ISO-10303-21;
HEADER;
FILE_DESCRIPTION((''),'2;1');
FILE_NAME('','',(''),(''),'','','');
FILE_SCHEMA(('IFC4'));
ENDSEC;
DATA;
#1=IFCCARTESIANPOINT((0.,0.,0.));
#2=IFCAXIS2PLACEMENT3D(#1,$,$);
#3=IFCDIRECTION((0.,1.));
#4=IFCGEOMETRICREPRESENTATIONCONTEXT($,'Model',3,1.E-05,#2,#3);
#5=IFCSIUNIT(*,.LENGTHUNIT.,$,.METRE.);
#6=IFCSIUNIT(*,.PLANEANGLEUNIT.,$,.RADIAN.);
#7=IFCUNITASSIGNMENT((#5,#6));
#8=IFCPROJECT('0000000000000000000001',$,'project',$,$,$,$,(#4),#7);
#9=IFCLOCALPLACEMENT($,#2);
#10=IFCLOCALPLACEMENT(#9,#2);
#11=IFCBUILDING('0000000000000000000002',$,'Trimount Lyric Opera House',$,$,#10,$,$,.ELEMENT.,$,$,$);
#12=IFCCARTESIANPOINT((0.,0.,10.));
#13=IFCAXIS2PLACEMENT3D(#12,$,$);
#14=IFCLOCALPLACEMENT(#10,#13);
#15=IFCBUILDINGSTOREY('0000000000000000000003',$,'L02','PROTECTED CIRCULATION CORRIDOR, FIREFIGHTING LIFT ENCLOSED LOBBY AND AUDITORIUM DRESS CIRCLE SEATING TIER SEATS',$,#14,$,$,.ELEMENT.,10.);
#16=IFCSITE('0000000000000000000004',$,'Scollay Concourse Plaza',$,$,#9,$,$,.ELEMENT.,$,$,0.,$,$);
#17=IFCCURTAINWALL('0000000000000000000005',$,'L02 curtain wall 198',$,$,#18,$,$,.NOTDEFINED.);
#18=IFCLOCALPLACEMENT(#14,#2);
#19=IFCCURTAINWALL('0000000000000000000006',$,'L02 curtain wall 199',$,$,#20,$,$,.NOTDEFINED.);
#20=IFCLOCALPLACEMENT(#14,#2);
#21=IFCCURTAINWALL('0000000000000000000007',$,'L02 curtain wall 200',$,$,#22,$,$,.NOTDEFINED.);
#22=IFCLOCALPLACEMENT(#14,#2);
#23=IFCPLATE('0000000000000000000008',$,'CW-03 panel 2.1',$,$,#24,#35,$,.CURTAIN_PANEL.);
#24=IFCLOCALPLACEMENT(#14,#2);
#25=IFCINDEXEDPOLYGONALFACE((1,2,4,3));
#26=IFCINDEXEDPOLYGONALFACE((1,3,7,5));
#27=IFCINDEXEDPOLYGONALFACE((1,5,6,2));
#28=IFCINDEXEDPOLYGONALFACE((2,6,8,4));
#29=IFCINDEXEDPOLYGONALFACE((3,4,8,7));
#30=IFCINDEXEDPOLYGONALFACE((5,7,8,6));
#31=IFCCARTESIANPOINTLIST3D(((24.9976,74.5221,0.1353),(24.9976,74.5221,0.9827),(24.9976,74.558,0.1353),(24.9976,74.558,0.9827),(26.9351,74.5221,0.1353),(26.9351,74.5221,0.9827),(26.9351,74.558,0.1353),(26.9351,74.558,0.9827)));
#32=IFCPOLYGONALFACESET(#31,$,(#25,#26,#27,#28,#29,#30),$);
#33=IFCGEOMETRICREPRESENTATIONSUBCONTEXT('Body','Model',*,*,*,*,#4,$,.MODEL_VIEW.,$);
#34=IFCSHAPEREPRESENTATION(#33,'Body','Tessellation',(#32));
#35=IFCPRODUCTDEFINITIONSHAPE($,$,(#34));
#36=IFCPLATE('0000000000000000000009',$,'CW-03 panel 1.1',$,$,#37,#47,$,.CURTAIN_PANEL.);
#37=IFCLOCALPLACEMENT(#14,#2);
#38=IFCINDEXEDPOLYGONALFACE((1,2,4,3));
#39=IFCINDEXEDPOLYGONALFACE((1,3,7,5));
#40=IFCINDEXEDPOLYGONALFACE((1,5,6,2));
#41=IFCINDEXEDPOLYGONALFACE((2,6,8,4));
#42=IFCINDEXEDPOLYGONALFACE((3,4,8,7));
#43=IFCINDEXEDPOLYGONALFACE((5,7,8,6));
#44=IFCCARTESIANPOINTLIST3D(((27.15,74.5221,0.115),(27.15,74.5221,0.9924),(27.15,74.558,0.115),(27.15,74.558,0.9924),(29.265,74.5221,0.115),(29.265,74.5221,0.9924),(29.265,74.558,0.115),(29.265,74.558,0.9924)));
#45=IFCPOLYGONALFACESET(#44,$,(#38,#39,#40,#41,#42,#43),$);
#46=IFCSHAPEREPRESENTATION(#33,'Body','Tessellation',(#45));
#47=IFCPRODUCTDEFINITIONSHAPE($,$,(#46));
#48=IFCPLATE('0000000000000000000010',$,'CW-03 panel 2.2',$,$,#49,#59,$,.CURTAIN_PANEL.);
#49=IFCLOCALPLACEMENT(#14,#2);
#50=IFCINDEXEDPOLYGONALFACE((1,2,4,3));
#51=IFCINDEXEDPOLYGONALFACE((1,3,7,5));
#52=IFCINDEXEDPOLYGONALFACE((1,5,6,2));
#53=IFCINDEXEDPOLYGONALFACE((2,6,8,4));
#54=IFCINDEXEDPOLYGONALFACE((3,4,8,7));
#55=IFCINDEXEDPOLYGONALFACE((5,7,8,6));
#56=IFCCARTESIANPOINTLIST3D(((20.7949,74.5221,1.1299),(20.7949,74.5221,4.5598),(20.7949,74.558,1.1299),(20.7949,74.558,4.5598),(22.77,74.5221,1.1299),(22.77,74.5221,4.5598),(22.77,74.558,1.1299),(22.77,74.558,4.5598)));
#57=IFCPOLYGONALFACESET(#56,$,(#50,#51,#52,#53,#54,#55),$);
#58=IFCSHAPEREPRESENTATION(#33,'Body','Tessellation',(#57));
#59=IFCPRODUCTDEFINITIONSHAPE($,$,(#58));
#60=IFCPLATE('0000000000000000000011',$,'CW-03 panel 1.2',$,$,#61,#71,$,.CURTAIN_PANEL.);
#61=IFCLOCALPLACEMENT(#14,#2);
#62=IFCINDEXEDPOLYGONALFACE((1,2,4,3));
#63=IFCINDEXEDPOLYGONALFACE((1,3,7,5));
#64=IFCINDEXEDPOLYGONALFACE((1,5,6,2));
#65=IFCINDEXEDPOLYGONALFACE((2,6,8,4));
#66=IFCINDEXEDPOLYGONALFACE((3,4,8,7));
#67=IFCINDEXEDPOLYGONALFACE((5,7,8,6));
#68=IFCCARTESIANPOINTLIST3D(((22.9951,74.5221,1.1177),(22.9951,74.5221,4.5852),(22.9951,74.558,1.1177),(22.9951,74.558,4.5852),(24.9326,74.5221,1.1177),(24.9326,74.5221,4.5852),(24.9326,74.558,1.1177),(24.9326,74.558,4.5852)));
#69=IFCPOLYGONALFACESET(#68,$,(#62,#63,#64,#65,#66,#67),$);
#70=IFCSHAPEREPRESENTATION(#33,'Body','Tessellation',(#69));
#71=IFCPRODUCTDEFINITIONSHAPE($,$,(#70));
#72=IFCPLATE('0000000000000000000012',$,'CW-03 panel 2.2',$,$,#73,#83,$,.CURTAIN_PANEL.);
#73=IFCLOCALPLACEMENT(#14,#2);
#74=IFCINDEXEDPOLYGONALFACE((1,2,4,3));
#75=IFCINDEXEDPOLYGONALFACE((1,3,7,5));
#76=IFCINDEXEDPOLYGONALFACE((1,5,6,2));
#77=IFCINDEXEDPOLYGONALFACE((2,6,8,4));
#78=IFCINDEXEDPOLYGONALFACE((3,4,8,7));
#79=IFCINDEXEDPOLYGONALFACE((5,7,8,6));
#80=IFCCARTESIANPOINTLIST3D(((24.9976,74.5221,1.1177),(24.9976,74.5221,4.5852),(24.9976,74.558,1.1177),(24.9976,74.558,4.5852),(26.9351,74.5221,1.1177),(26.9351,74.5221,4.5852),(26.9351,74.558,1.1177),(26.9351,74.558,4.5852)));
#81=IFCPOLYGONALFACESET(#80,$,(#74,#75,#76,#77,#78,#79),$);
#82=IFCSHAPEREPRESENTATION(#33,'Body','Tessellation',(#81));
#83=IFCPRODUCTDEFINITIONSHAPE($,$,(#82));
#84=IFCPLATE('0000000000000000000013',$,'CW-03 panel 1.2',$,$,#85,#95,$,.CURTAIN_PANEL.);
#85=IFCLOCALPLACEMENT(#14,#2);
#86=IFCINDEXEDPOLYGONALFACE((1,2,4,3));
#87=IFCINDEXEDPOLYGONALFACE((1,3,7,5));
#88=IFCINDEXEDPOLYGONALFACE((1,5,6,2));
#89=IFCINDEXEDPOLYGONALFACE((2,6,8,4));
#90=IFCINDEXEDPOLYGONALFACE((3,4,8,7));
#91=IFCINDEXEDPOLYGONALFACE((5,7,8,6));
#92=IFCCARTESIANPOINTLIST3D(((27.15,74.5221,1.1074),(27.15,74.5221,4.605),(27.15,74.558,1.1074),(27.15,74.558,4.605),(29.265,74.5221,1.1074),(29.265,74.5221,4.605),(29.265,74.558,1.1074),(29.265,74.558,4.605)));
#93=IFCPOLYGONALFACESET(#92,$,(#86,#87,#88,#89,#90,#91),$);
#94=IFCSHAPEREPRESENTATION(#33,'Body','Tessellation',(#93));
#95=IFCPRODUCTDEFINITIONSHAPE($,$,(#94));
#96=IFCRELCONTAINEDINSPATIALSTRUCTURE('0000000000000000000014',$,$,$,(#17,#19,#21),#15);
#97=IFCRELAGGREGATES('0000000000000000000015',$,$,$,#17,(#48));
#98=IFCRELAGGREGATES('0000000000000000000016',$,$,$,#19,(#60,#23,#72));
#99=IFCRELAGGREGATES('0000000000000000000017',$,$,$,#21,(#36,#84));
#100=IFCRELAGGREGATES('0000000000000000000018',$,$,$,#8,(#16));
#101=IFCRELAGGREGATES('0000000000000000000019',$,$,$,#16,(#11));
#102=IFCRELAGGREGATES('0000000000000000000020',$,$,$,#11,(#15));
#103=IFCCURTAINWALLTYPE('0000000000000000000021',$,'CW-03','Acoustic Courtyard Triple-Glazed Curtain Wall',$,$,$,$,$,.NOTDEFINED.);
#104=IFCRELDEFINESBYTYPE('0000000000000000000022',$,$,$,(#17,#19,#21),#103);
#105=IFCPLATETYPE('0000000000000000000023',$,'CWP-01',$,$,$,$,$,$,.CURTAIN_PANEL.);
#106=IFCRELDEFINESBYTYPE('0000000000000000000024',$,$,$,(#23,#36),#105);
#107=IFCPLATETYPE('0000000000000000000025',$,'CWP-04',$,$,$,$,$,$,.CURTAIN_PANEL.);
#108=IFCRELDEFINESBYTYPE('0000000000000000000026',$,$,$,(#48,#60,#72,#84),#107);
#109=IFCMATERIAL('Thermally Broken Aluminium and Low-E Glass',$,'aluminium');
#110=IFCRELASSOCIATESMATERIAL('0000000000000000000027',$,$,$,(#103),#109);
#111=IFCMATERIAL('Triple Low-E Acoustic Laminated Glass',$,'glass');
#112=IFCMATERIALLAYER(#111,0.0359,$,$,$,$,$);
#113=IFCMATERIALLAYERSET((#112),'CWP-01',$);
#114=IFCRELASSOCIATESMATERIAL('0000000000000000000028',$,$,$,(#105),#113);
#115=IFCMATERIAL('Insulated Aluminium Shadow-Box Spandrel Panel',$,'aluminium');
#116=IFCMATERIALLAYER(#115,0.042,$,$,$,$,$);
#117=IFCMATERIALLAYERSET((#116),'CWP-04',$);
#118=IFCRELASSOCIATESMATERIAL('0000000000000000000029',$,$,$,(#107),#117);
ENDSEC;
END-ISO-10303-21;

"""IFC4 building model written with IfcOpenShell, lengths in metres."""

from ifc_helpers import new_model, si_unit, direction, frame, origin, origin_2d, place, context, subcontext, project, spatial, rectangle, extrude, material, layer, layer_set, type_object, element, aggregate, save


model = new_model("IFC4")

# Units and contexts
model_context = context("Model", 3, precision=1e-05, world=origin(), true_north=direction((0.0, 1.0)))
body_context = subcontext(model_context, "Body", "Model", "MODEL_VIEW")
ifc_project = project(units=[si_unit("LENGTHUNIT", "METRE"), si_unit("PLANEANGLEUNIT", "RADIAN")], contexts=[model_context])

# Site, building, storey
site_placement = place(None, origin())
site = spatial("IfcSite", under=ifc_project, at=site_placement, Name="Scollay Concourse Plaza", CompositionType="ELEMENT", RefElevation=0.0)
building_placement = place(site_placement, origin())
building = spatial("IfcBuilding", under=site, at=building_placement, Name="Trimount Lyric Opera House", CompositionType="ELEMENT")
storey_placement = place(building_placement, frame((0.0, 0.0, 10.0)))
storey = spatial("IfcBuildingStorey", under=building, at=storey_placement, Name="L02", Description="PROTECTED CIRCULATION CORRIDOR, FIREFIGHTING LIFT ENCLOSED LOBBY AND AUDITORIUM DRESS CIRCLE SEATING TIER SEATS", CompositionType="ELEMENT", Elevation=10.0)

# Curtain wall
ifc_material_1 = material(Name="Thermally Broken Aluminium and Low-E Glass", Category="aluminium")
curtain_wall_type = type_object("IfcCurtainWallType", Name="CW-03", Description="Acoustic Courtyard Triple-Glazed Curtain Wall", PredefinedType="NOTDEFINED", material=ifc_material_1)
curtain_wall_1_placement = place(storey_placement, origin())
curtain_wall_1 = element("IfcCurtainWall", 1, at=curtain_wall_1_placement, inside=storey, type_object=curtain_wall_type, Name="L02 curtain wall 198", PredefinedType="NOTDEFINED")

# Curtain wall
curtain_wall_2_placement = place(storey_placement, origin())
curtain_wall_2 = element("IfcCurtainWall", 2, at=curtain_wall_2_placement, inside=storey, type_object=curtain_wall_type, Name="L02 curtain wall 199", PredefinedType="NOTDEFINED")

# Curtain wall
curtain_wall_3_placement = place(storey_placement, origin())
curtain_wall_3 = element("IfcCurtainWall", 3, at=curtain_wall_3_placement, inside=storey, type_object=curtain_wall_type, Name="L02 curtain wall 200", PredefinedType="NOTDEFINED")

# Plates
ifc_material_2 = material(Name="Triple Low-E Acoustic Laminated Glass", Category="glass")
ifc_layer_1 = layer(ifc_material_2, 0.0359)
ifc_layer_set_1 = layer_set([ifc_layer_1], Name="CWP-01")
plate_type_1 = type_object("IfcPlateType", Name="CWP-01", PredefinedType="CURTAIN_PANEL", material=ifc_layer_set_1)
plate_1_placement = place(storey_placement, frame((25.9663, 74.54, 0.1353), z_axis=(0.0, 0.0, 1.0), x_axis=(1.0, 0.0, 0.0)))
plate_1 = element("IfcPlate", 4, at=plate_1_placement, type_object=plate_type_1, Name="CW-03 panel 2.1", PredefinedType="CURTAIN_PANEL", context=body_context, shape_type="SweptSolid", body=[
    extrude(rectangle(XDim=1.9375, YDim=0.0359, at=origin_2d()), origin(), (0.0, 0.0, 1.0), 0.8474),
])
plate_2_placement = place(storey_placement, frame((28.2075, 74.54, 0.115), z_axis=(0.0, 0.0, 1.0), x_axis=(1.0, 0.0, 0.0)))
plate_2 = element("IfcPlate", 5, at=plate_2_placement, type_object=plate_type_1, Name="CW-03 panel 1.1", PredefinedType="CURTAIN_PANEL", context=body_context, shape_type="SweptSolid", body=[
    extrude(rectangle(XDim=2.115, YDim=0.0359, at=origin_2d()), origin(), (0.0, 0.0, 1.0), 0.8774),
])
ifc_material_3 = material(Name="Insulated Aluminium Shadow-Box Spandrel Panel", Category="aluminium")
ifc_layer_2 = layer(ifc_material_3, 0.042)
ifc_layer_set_2 = layer_set([ifc_layer_2], Name="CWP-04")
plate_type_2 = type_object("IfcPlateType", Name="CWP-04", PredefinedType="CURTAIN_PANEL", material=ifc_layer_set_2)
plate_3_placement = place(storey_placement, frame((21.7825, 74.54, 1.1299), z_axis=(0.0, 0.0, 1.0), x_axis=(1.0, 0.0, 0.0)))
plate_3 = element("IfcPlate", 6, at=plate_3_placement, type_object=plate_type_2, Name="CW-03 panel 2.2", PredefinedType="CURTAIN_PANEL", context=body_context, shape_type="SweptSolid", body=[
    extrude(rectangle(XDim=1.9751, YDim=0.0359, at=origin_2d()), origin(), (0.0, 0.0, 1.0), 3.4299),
])
aggregate(curtain_wall_1, [plate_3])
plate_4_placement = place(storey_placement, frame((23.9639, 74.54, 1.1177), z_axis=(0.0, 0.0, 1.0), x_axis=(1.0, 0.0, 0.0)))
plate_4 = element("IfcPlate", 7, at=plate_4_placement, type_object=plate_type_2, Name="CW-03 panel 1.2", PredefinedType="CURTAIN_PANEL", context=body_context, shape_type="SweptSolid", body=[
    extrude(rectangle(XDim=1.9375, YDim=0.0359, at=origin_2d()), origin(), (0.0, 0.0, 1.0), 3.4675),
])
plate_5_placement = place(storey_placement, frame((25.9663, 74.54, 1.1177), z_axis=(0.0, 0.0, 1.0), x_axis=(1.0, 0.0, 0.0)))
plate_5 = element("IfcPlate", 8, at=plate_5_placement, type_object=plate_type_2, Name="CW-03 panel 2.2", PredefinedType="CURTAIN_PANEL", context=body_context, shape_type="SweptSolid", body=[
    extrude(rectangle(XDim=1.9375, YDim=0.0359, at=origin_2d()), origin(), (0.0, 0.0, 1.0), 3.4675),
])
aggregate(curtain_wall_2, [plate_4, plate_1, plate_5])
plate_6_placement = place(storey_placement, frame((28.2075, 74.54, 1.1074), z_axis=(0.0, 0.0, 1.0), x_axis=(1.0, 0.0, 0.0)))
plate_6 = element("IfcPlate", 9, at=plate_6_placement, type_object=plate_type_2, Name="CW-03 panel 1.2", PredefinedType="CURTAIN_PANEL", context=body_context, shape_type="SweptSolid", body=[
    extrude(rectangle(XDim=2.115, YDim=0.0359, at=origin_2d()), origin(), (0.0, 0.0, 1.0), 3.4976),
])
aggregate(curtain_wall_3, [plate_2, plate_6])

save(model, "model.ifc")
